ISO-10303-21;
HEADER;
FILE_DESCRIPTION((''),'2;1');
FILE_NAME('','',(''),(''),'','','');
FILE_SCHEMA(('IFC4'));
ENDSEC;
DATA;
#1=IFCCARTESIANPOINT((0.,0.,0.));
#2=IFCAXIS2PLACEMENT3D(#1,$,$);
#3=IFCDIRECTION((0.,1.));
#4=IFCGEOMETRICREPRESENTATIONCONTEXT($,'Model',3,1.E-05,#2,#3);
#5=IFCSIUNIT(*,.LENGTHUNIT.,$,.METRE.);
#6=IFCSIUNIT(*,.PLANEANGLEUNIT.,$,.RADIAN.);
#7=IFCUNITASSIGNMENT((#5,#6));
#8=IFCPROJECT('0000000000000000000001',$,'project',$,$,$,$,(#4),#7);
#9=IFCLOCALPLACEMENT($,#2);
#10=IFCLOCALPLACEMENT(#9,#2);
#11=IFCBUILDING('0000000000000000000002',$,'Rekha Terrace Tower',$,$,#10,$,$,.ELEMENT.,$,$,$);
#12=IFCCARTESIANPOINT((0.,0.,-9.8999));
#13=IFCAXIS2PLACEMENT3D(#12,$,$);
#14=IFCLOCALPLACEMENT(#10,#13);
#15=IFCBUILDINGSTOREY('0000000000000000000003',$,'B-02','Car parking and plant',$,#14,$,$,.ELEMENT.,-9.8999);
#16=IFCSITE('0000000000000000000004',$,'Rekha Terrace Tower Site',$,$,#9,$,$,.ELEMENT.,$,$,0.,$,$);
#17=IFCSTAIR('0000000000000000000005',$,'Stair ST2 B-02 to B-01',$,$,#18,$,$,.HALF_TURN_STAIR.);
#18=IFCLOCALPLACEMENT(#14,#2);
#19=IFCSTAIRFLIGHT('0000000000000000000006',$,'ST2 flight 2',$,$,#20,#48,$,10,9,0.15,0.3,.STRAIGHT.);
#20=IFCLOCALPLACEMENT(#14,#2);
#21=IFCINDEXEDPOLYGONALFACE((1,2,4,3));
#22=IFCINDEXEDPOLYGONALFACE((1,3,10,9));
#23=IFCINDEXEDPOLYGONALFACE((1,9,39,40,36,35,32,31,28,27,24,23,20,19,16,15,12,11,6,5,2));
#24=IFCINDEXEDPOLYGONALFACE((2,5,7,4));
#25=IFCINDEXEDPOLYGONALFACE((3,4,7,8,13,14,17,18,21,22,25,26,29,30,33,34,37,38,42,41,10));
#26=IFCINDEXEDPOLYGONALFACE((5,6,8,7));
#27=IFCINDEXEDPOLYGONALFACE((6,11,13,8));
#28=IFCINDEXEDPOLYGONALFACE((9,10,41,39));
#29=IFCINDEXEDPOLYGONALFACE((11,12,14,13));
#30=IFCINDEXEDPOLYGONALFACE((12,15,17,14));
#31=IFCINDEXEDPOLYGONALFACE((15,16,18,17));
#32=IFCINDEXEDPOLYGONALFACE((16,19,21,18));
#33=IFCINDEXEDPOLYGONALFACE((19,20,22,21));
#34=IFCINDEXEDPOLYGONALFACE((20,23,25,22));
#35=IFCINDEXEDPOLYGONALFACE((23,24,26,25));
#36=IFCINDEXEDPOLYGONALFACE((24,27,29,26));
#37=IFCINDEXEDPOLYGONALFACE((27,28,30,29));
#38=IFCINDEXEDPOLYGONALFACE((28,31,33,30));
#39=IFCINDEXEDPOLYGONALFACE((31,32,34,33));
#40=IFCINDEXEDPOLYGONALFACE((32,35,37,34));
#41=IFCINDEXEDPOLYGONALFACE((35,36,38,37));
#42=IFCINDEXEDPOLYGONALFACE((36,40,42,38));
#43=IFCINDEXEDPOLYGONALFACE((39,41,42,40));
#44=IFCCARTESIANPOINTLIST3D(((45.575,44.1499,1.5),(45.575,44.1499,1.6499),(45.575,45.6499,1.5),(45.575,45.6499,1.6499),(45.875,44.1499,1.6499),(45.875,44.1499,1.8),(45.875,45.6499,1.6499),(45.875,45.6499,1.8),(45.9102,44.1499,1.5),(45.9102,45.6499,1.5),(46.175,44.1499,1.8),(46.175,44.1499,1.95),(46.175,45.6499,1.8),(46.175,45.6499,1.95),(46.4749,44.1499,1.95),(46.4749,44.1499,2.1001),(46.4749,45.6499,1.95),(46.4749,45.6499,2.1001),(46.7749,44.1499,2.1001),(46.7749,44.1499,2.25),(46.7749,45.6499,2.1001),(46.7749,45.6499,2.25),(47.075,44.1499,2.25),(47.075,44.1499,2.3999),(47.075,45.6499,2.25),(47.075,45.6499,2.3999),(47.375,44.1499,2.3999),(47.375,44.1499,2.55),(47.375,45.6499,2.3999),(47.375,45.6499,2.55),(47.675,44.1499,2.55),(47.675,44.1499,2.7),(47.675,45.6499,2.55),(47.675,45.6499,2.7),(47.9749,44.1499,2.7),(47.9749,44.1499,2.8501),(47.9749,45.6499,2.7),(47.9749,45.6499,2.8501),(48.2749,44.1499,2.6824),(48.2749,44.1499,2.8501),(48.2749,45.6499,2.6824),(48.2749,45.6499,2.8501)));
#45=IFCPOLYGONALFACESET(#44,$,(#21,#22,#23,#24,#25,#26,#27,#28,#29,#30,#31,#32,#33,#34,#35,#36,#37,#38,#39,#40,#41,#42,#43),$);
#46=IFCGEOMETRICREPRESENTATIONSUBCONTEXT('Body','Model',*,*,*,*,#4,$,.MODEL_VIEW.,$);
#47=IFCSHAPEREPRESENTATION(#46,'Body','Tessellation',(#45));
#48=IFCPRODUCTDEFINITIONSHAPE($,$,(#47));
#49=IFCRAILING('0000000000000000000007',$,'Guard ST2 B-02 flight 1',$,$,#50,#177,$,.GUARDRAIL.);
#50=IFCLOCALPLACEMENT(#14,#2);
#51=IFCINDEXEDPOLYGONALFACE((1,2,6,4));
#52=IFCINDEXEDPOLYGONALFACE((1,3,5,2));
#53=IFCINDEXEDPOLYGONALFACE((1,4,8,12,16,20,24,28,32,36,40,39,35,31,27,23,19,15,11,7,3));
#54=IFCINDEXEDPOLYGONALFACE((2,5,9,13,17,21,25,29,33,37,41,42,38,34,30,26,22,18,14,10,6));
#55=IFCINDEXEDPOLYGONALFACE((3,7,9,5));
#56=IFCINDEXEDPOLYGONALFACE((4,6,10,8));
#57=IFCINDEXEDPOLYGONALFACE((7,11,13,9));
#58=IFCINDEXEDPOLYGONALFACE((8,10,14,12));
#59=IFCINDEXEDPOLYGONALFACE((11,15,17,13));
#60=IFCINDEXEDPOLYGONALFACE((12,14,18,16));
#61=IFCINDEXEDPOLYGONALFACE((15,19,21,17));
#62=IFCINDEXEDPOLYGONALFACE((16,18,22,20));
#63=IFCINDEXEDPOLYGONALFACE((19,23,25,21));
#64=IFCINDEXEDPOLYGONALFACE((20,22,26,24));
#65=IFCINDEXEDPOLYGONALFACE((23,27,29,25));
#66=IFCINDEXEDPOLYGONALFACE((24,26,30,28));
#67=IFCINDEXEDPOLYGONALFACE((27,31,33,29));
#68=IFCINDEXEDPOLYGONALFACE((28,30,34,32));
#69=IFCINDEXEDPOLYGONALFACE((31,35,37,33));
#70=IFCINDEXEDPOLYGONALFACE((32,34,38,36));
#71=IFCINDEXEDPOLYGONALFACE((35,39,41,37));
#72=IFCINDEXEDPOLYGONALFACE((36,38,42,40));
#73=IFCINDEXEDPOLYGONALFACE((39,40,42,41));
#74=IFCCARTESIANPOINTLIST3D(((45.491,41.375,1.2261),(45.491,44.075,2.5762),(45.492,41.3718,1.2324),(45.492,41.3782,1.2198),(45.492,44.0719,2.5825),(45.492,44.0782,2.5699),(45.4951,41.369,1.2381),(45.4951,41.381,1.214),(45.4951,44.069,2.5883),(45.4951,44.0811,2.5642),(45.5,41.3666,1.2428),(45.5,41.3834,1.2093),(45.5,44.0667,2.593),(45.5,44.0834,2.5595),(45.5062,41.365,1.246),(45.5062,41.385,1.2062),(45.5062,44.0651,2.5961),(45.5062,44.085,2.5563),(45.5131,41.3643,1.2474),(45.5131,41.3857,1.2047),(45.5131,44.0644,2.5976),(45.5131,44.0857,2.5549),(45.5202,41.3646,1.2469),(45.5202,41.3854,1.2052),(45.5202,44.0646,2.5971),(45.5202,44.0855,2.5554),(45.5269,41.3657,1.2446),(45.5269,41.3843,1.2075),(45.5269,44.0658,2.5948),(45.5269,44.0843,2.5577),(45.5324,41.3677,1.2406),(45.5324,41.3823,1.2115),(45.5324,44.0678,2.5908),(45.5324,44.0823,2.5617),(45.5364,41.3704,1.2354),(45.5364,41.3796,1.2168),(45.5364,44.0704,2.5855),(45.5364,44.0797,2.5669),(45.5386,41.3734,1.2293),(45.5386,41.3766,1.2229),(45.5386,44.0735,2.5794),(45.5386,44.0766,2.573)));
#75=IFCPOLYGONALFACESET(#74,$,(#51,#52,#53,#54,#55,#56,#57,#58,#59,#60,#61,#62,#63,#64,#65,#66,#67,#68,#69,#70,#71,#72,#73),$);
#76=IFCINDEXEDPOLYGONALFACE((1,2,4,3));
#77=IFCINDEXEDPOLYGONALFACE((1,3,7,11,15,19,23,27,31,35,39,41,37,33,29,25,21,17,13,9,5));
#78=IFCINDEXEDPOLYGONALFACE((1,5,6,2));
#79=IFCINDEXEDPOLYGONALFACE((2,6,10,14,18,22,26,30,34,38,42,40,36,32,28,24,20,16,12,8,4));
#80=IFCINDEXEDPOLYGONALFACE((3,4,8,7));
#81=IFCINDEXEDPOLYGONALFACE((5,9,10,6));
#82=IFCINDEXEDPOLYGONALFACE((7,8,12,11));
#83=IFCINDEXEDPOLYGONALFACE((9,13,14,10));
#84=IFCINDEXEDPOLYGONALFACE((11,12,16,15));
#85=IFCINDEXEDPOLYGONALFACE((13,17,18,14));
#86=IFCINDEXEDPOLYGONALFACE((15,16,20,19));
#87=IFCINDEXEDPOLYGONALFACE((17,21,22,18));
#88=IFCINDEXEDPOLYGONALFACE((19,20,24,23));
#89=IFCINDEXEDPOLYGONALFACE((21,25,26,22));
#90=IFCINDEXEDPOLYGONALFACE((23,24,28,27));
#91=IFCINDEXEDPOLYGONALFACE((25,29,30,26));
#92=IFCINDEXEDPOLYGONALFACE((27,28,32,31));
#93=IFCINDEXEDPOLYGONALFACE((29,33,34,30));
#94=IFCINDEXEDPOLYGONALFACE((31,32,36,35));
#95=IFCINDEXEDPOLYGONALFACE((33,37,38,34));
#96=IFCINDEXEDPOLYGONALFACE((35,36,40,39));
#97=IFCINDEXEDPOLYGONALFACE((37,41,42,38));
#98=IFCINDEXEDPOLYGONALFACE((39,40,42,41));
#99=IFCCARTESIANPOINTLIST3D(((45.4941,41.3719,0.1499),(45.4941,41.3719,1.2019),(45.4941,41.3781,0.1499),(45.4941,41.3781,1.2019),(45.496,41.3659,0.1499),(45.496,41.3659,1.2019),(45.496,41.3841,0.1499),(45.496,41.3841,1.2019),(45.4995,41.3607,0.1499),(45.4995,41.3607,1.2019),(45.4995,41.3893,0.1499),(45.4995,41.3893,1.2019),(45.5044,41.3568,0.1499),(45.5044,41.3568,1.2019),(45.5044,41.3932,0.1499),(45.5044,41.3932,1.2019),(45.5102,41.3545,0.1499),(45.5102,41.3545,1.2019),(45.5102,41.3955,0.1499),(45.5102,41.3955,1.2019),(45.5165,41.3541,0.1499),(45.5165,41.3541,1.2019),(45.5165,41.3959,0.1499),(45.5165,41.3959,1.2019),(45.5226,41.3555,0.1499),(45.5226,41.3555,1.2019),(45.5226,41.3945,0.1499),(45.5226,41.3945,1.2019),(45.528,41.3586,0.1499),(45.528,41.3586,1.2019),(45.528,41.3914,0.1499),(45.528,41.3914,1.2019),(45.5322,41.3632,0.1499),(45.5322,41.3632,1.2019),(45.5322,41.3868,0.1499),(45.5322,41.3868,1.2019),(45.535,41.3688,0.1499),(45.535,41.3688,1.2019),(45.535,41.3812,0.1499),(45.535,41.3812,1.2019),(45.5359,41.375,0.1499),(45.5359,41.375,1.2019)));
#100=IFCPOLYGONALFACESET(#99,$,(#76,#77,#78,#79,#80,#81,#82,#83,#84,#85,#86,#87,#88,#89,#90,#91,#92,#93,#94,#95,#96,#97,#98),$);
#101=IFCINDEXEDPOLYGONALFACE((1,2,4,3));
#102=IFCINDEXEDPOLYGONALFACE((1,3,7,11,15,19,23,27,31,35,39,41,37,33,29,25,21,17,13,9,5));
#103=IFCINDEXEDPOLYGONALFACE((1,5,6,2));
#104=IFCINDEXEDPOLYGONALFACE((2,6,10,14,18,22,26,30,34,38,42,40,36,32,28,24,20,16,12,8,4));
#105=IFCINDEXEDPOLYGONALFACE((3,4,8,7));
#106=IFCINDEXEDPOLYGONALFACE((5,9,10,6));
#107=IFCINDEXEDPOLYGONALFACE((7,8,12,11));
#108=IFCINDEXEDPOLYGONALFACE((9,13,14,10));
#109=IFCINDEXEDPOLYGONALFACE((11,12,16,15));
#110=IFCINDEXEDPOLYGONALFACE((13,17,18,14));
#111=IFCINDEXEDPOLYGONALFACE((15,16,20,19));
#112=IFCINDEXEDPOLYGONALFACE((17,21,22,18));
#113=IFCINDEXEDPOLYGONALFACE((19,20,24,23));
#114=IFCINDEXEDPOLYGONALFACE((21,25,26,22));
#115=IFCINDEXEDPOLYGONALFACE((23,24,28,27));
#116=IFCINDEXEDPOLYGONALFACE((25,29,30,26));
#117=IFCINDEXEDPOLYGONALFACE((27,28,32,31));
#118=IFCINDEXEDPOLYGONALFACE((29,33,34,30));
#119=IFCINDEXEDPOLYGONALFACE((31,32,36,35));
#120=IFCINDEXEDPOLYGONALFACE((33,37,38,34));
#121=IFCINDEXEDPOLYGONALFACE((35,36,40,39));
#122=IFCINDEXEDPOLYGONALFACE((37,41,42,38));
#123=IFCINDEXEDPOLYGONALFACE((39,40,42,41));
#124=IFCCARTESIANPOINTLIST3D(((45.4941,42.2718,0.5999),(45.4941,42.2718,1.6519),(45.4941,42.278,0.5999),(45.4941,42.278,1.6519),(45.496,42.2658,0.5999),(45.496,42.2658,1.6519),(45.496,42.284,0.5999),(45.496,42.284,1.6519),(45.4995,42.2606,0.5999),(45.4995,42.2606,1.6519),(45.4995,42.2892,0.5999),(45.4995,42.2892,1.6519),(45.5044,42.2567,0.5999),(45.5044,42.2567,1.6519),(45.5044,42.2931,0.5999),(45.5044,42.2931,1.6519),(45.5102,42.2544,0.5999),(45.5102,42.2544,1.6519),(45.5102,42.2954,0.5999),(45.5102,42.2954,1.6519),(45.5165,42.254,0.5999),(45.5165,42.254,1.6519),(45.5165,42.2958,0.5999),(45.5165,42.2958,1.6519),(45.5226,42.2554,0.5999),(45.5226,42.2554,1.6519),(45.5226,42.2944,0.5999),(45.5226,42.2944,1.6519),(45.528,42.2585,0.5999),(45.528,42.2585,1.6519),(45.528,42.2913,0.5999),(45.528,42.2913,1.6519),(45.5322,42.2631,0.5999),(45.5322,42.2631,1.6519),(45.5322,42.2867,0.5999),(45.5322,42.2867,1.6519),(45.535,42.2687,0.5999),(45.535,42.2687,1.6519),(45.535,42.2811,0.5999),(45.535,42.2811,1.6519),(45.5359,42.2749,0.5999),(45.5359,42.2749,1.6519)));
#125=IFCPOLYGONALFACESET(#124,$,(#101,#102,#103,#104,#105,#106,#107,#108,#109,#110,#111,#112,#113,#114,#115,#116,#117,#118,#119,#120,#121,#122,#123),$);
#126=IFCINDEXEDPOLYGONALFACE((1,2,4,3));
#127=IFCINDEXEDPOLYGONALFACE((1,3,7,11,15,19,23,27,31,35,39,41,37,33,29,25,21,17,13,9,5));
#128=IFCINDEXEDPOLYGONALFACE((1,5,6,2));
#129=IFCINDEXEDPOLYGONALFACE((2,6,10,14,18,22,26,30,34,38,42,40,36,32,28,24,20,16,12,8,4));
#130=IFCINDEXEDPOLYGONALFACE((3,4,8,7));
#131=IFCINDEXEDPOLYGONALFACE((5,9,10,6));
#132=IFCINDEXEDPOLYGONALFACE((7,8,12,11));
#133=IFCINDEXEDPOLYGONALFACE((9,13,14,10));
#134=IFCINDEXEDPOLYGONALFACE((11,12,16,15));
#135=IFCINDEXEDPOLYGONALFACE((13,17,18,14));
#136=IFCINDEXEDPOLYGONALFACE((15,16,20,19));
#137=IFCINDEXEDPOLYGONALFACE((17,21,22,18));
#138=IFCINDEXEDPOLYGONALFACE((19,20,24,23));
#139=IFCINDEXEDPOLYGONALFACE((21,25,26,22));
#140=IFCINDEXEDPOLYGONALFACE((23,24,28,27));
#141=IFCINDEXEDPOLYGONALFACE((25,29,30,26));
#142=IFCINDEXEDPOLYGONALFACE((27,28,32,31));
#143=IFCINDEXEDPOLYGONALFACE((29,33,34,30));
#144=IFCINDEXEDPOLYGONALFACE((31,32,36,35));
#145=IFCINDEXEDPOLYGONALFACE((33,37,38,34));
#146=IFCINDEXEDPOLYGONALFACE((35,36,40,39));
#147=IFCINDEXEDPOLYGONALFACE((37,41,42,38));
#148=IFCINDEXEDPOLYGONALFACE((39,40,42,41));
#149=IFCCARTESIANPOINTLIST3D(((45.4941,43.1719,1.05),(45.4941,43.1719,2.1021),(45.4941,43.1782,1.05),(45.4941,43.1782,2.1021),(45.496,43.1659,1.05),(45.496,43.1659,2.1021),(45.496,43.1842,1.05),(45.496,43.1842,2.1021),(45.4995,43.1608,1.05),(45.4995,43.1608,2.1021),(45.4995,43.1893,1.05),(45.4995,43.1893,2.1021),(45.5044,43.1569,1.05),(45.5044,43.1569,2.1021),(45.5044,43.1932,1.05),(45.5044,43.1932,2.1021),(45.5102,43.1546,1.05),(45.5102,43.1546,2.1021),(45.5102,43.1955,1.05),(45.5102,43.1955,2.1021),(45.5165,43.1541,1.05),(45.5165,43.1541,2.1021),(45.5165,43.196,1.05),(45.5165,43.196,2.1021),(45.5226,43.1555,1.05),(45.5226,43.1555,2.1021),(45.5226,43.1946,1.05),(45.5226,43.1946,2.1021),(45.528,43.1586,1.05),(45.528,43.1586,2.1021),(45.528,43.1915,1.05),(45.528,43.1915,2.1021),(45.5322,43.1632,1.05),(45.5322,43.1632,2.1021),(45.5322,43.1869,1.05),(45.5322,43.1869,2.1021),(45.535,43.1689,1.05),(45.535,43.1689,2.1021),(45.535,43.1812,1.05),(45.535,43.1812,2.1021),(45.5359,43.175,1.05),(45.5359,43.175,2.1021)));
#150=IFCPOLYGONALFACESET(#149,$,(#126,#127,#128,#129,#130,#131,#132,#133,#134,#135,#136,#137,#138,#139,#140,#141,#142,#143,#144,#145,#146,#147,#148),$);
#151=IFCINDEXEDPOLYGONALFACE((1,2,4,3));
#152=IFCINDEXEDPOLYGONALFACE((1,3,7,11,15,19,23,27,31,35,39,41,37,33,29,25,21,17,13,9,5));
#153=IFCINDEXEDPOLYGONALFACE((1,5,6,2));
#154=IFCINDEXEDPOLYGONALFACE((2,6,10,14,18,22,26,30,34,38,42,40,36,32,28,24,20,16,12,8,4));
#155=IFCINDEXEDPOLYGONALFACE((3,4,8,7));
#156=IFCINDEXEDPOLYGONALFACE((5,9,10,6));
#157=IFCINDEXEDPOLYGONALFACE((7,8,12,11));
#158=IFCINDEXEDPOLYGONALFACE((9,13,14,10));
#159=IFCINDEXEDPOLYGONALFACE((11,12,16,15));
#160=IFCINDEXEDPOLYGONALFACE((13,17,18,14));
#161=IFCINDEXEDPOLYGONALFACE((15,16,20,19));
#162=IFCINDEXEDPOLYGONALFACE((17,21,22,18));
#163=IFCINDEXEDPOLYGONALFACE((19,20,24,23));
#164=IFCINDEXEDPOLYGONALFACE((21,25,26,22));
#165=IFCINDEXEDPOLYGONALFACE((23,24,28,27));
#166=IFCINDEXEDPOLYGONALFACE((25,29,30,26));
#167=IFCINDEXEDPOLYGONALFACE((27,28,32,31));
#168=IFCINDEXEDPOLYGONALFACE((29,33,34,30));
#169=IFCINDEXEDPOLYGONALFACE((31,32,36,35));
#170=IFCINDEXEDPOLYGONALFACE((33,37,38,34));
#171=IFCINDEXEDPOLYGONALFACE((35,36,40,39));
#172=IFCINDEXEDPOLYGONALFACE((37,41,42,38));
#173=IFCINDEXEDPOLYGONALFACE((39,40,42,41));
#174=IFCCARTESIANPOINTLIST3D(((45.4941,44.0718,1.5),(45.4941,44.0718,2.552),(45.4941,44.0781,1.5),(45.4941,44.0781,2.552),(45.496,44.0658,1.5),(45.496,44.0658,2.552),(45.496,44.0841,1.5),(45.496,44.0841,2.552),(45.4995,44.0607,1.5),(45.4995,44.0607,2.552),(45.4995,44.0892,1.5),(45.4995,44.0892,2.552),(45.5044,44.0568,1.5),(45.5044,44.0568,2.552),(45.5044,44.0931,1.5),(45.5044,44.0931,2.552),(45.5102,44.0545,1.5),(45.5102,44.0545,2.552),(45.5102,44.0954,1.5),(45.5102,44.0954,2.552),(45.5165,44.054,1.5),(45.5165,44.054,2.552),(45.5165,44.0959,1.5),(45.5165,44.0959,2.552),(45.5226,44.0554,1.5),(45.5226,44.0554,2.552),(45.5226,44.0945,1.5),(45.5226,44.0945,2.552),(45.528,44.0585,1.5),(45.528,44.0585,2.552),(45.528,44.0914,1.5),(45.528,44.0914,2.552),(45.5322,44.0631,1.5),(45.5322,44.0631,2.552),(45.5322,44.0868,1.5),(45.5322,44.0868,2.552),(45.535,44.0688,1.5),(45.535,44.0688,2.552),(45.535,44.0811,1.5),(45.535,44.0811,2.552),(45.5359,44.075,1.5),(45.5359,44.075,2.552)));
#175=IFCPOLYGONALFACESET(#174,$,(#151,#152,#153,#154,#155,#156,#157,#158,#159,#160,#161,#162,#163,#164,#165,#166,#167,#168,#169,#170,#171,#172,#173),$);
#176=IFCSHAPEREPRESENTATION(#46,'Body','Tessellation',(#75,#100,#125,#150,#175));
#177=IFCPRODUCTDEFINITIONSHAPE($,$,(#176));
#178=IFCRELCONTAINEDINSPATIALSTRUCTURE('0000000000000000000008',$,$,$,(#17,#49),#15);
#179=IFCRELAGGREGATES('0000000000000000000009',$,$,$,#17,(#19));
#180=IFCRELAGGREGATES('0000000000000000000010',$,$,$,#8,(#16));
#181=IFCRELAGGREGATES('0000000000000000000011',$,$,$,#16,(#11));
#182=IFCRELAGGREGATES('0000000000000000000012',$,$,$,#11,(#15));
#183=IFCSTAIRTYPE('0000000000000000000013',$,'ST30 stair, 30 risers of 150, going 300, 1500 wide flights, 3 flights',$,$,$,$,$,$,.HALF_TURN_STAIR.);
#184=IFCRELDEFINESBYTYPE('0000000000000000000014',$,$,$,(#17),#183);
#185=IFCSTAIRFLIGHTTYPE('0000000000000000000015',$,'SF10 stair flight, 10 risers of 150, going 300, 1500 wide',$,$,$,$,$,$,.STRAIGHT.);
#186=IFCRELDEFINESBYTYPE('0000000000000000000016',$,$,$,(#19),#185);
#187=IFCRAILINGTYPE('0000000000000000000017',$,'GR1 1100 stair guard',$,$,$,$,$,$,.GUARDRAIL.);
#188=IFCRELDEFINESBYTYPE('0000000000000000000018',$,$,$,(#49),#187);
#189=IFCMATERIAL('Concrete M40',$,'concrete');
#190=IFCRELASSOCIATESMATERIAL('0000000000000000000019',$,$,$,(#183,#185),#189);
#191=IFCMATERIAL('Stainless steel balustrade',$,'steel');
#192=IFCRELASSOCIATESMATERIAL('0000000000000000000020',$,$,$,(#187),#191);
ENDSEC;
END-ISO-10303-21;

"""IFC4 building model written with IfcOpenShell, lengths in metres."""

from ifc_helpers import new_model, si_unit, direction, frame, origin, origin_2d, place, context, subcontext, project, spatial, polyline, circle, outline, extrude, material, type_object, element, aggregate, save


model = new_model("IFC4")

# Units and contexts
model_context = context("Model", 3, precision=1e-05, world=origin(), true_north=direction((0.0, 1.0)))
body_context = subcontext(model_context, "Body", "Model", "MODEL_VIEW")
ifc_project = project(units=[si_unit("LENGTHUNIT", "METRE"), si_unit("PLANEANGLEUNIT", "RADIAN")], contexts=[model_context])

# Site, building, storey
site_placement = place(None, origin())
site = spatial("IfcSite", under=ifc_project, at=site_placement, Name="Rekha Terrace Tower Site", CompositionType="ELEMENT", RefElevation=0.0)
building_placement = place(site_placement, origin())
building = spatial("IfcBuilding", under=site, at=building_placement, Name="Rekha Terrace Tower", CompositionType="ELEMENT")
storey_placement = place(building_placement, frame((0.0, 0.0, -9.8999)))
storey = spatial("IfcBuildingStorey", under=building, at=storey_placement, Name="B-02", Description="Car parking and plant", CompositionType="ELEMENT", Elevation=-9.8999)

# Stair, stair flight
ifc_material_1 = material(Name="Concrete M40", Category="concrete")
stair_type = type_object("IfcStairType", Name="ST30 stair, 30 risers of 150, going 300, 1500 wide flights, 3 flights", PredefinedType="HALF_TURN_STAIR", material=ifc_material_1)
stair_placement = place(storey_placement, origin())
stair = element("IfcStair", 1, at=stair_placement, inside=storey, type_object=stair_type, Name="Stair ST2 B-02 to B-01", PredefinedType="HALF_TURN_STAIR")
stair_flight_type = type_object("IfcStairFlightType", Name="SF10 stair flight, 10 risers of 150, going 300, 1500 wide", PredefinedType="STRAIGHT", material=ifc_material_1)
stair_flight_1_placement = place(storey_placement, frame((45.575, 44.8999, 1.5), z_axis=(0.0, 0.0, 1.0), x_axis=(1.0, 0.0, 0.0)))
stair_flight_1 = element("IfcStairFlight", 2, at=stair_flight_1_placement, type_object=stair_flight_type, Name="ST2 flight 2", NumberOfRisers=10, NumberOfTreads=9, PredefinedType="STRAIGHT", RiserHeight=0.15, TreadLength=0.3, context=body_context, shape_type="SweptSolid", body=[
    extrude(outline(polyline([(0.0, 0.0), (0.0, 0.1499), (0.3, 0.1499), (0.3, 0.3), (0.6001, 0.3), (0.6001, 0.45), (0.8999, 0.45), (0.8999, 0.6001), (1.2, 0.6001), (1.2, 0.75), (1.5, 0.75), (1.5, 0.8999), (1.8, 0.8999), (1.8, 1.05), (2.1001, 1.05), (2.1001, 1.2), (2.3999, 1.2), (2.3999, 1.3501), (2.7, 1.3501), (2.7, 1.5), (2.7, 1.1824), (0.3352, 0.0), (0.0, 0.0)])), frame((0.0, 0.75, 0.0), z_axis=(0.0, -1.0, 0.0), x_axis=(1.0, 0.0, 0.0)), (0.0, 0.0, 1.0), 1.5),
])
aggregate(stair, [stair_flight_1])

# Railing
ifc_material_2 = material(Name="Stainless steel balustrade", Category="steel")
railing_type_1 = type_object("IfcRailingType", Name="GR1 1100 stair guard", PredefinedType="GUARDRAIL", material=ifc_material_2)
railing_1_placement = place(storey_placement, frame((45.5149, 41.375, 0.1499)))
element("IfcRailing", 3, at=railing_1_placement, inside=storey, type_object=railing_type_1, Name="Guard ST2 B-02 flight 1", PredefinedType="GUARDRAIL", context=body_context, shape_type="SweptSolid", body=[
    extrude(circle(Radius=0.0239, at=origin_2d()), frame((0.0, 0.0, 1.0762), z_axis=(0.0, 0.894411, 0.447246), x_axis=(-1.0, 0.0, 0.0)), (0.0, 0.0, 1.0), 3.0188),
    extrude(circle(Radius=0.021, at=origin_2d()), origin(), (0.0, 0.0, 1.0), 1.052),
    extrude(circle(Radius=0.021, at=origin_2d()), frame((0.0, 0.8999, 0.45)), (0.0, 0.0, 1.0), 1.052),
    extrude(circle(Radius=0.021, at=origin_2d()), frame((0.0, 1.8, 0.9001)), (0.0, 0.0, 1.0), 1.052),
    extrude(circle(Radius=0.021, at=origin_2d()), frame((0.0, 2.7, 1.3501)), (0.0, 0.0, 1.0), 1.052),
])

save(model, "model.ifc")
